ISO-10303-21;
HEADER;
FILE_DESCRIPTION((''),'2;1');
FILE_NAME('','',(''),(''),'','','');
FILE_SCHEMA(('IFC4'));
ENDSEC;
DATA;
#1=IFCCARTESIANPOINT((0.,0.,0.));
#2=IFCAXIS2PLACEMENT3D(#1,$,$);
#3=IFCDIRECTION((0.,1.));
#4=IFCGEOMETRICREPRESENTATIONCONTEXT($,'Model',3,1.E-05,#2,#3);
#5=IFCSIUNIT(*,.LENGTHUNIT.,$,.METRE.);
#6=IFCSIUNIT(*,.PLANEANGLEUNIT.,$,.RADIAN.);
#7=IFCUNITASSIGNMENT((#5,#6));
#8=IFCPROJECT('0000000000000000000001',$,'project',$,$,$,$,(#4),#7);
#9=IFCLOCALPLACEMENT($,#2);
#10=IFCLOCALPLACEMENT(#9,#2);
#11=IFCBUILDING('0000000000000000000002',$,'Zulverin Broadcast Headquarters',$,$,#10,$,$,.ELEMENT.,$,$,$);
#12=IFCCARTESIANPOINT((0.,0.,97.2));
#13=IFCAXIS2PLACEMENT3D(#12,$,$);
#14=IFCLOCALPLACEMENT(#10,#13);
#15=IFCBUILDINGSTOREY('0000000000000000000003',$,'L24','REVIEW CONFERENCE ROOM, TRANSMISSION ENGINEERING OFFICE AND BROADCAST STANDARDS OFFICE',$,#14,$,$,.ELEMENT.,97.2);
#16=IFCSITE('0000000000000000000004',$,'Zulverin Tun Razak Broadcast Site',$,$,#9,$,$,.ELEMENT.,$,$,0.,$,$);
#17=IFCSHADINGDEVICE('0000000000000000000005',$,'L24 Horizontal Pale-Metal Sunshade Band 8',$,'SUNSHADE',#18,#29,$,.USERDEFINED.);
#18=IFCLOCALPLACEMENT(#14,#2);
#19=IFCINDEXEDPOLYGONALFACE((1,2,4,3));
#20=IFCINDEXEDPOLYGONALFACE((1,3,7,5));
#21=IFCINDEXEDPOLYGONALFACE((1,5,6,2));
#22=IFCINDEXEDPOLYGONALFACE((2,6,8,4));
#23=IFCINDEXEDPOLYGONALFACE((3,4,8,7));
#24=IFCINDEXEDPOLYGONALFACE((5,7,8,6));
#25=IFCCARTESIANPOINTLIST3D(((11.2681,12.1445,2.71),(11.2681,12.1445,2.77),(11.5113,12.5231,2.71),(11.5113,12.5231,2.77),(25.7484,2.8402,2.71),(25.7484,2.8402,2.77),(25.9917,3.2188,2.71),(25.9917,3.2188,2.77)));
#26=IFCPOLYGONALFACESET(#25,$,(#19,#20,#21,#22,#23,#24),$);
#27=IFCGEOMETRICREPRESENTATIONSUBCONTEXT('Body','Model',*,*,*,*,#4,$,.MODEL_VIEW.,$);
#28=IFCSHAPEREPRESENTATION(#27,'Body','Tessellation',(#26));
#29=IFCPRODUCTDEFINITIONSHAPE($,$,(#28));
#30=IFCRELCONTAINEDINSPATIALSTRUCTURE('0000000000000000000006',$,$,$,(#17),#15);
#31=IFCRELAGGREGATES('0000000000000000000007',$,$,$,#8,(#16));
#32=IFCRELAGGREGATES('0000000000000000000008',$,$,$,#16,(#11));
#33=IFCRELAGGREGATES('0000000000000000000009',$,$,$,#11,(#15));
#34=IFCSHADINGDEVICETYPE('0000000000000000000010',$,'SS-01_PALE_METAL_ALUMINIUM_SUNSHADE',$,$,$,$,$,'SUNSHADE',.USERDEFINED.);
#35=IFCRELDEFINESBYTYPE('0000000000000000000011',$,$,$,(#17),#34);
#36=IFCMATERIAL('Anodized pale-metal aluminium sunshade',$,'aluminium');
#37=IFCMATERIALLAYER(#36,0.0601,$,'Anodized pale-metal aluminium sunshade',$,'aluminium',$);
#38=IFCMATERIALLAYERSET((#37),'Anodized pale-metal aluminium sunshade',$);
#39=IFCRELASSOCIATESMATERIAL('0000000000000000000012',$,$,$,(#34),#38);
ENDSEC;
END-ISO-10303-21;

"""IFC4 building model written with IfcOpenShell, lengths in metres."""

from ifc_helpers import new_model, si_unit, direction, frame, origin, origin_2d, place, context, subcontext, project, spatial, rectangle, extrude, material, layer, layer_set, type_object, element, save


model = new_model("IFC4")

# Units and contexts
model_context = context("Model", 3, precision=1e-05, world=origin(), true_north=direction((0.0, 1.0)))
body_context = subcontext(model_context, "Body", "Model", "MODEL_VIEW")
ifc_project = project(units=[si_unit("LENGTHUNIT", "METRE"), si_unit("PLANEANGLEUNIT", "RADIAN")], contexts=[model_context])

# Site, building, storey
site_placement = place(None, origin())
site = spatial("IfcSite", under=ifc_project, at=site_placement, Name="Zulverin Tun Razak Broadcast Site", CompositionType="ELEMENT", RefElevation=0.0)
building_placement = place(site_placement, origin())
building = spatial("IfcBuilding", under=site, at=building_placement, Name="Zulverin Broadcast Headquarters", CompositionType="ELEMENT")
storey_placement = place(building_placement, frame((0.0, 0.0, 97.2)))
storey = spatial("IfcBuildingStorey", under=building, at=storey_placement, Name="L24", Description="REVIEW CONFERENCE ROOM, TRANSMISSION ENGINEERING OFFICE AND BROADCAST STANDARDS OFFICE", CompositionType="ELEMENT", Elevation=97.2)

# Shading device
ifc_material_1 = material(Name="Anodized pale-metal aluminium sunshade", Category="aluminium")
ifc_layer_1 = layer(ifc_material_1, 0.0601, Name="Anodized pale-metal aluminium sunshade", Category="aluminium")
ifc_layer_set_1 = layer_set([ifc_layer_1], Name="Anodized pale-metal aluminium sunshade")
shading_device_type_1 = type_object("IfcShadingDeviceType", Name="SS-01_PALE_METAL_ALUMINIUM_SUNSHADE", ElementType="SUNSHADE", PredefinedType="USERDEFINED", material=ifc_layer_set_1)
shading_device_1_placement = place(storey_placement, frame((18.6299, 7.6816, 2.71), z_axis=(0.0, 0.0, 1.0), x_axis=(0.841297, -0.540574, 0.0)))
element("IfcShadingDevice", 1, at=shading_device_1_placement, inside=storey, type_object=shading_device_type_1, Name="L24 Horizontal Pale-Metal Sunshade Band 8", ObjectType="SUNSHADE", PredefinedType="USERDEFINED", context=body_context, shape_type="SweptSolid", body=[
    extrude(rectangle(XDim=17.2119, YDim=0.45, at=origin_2d()), origin(), (0.0, 0.0, 1.0), 0.0601),
])

save(model, "model.ifc")
